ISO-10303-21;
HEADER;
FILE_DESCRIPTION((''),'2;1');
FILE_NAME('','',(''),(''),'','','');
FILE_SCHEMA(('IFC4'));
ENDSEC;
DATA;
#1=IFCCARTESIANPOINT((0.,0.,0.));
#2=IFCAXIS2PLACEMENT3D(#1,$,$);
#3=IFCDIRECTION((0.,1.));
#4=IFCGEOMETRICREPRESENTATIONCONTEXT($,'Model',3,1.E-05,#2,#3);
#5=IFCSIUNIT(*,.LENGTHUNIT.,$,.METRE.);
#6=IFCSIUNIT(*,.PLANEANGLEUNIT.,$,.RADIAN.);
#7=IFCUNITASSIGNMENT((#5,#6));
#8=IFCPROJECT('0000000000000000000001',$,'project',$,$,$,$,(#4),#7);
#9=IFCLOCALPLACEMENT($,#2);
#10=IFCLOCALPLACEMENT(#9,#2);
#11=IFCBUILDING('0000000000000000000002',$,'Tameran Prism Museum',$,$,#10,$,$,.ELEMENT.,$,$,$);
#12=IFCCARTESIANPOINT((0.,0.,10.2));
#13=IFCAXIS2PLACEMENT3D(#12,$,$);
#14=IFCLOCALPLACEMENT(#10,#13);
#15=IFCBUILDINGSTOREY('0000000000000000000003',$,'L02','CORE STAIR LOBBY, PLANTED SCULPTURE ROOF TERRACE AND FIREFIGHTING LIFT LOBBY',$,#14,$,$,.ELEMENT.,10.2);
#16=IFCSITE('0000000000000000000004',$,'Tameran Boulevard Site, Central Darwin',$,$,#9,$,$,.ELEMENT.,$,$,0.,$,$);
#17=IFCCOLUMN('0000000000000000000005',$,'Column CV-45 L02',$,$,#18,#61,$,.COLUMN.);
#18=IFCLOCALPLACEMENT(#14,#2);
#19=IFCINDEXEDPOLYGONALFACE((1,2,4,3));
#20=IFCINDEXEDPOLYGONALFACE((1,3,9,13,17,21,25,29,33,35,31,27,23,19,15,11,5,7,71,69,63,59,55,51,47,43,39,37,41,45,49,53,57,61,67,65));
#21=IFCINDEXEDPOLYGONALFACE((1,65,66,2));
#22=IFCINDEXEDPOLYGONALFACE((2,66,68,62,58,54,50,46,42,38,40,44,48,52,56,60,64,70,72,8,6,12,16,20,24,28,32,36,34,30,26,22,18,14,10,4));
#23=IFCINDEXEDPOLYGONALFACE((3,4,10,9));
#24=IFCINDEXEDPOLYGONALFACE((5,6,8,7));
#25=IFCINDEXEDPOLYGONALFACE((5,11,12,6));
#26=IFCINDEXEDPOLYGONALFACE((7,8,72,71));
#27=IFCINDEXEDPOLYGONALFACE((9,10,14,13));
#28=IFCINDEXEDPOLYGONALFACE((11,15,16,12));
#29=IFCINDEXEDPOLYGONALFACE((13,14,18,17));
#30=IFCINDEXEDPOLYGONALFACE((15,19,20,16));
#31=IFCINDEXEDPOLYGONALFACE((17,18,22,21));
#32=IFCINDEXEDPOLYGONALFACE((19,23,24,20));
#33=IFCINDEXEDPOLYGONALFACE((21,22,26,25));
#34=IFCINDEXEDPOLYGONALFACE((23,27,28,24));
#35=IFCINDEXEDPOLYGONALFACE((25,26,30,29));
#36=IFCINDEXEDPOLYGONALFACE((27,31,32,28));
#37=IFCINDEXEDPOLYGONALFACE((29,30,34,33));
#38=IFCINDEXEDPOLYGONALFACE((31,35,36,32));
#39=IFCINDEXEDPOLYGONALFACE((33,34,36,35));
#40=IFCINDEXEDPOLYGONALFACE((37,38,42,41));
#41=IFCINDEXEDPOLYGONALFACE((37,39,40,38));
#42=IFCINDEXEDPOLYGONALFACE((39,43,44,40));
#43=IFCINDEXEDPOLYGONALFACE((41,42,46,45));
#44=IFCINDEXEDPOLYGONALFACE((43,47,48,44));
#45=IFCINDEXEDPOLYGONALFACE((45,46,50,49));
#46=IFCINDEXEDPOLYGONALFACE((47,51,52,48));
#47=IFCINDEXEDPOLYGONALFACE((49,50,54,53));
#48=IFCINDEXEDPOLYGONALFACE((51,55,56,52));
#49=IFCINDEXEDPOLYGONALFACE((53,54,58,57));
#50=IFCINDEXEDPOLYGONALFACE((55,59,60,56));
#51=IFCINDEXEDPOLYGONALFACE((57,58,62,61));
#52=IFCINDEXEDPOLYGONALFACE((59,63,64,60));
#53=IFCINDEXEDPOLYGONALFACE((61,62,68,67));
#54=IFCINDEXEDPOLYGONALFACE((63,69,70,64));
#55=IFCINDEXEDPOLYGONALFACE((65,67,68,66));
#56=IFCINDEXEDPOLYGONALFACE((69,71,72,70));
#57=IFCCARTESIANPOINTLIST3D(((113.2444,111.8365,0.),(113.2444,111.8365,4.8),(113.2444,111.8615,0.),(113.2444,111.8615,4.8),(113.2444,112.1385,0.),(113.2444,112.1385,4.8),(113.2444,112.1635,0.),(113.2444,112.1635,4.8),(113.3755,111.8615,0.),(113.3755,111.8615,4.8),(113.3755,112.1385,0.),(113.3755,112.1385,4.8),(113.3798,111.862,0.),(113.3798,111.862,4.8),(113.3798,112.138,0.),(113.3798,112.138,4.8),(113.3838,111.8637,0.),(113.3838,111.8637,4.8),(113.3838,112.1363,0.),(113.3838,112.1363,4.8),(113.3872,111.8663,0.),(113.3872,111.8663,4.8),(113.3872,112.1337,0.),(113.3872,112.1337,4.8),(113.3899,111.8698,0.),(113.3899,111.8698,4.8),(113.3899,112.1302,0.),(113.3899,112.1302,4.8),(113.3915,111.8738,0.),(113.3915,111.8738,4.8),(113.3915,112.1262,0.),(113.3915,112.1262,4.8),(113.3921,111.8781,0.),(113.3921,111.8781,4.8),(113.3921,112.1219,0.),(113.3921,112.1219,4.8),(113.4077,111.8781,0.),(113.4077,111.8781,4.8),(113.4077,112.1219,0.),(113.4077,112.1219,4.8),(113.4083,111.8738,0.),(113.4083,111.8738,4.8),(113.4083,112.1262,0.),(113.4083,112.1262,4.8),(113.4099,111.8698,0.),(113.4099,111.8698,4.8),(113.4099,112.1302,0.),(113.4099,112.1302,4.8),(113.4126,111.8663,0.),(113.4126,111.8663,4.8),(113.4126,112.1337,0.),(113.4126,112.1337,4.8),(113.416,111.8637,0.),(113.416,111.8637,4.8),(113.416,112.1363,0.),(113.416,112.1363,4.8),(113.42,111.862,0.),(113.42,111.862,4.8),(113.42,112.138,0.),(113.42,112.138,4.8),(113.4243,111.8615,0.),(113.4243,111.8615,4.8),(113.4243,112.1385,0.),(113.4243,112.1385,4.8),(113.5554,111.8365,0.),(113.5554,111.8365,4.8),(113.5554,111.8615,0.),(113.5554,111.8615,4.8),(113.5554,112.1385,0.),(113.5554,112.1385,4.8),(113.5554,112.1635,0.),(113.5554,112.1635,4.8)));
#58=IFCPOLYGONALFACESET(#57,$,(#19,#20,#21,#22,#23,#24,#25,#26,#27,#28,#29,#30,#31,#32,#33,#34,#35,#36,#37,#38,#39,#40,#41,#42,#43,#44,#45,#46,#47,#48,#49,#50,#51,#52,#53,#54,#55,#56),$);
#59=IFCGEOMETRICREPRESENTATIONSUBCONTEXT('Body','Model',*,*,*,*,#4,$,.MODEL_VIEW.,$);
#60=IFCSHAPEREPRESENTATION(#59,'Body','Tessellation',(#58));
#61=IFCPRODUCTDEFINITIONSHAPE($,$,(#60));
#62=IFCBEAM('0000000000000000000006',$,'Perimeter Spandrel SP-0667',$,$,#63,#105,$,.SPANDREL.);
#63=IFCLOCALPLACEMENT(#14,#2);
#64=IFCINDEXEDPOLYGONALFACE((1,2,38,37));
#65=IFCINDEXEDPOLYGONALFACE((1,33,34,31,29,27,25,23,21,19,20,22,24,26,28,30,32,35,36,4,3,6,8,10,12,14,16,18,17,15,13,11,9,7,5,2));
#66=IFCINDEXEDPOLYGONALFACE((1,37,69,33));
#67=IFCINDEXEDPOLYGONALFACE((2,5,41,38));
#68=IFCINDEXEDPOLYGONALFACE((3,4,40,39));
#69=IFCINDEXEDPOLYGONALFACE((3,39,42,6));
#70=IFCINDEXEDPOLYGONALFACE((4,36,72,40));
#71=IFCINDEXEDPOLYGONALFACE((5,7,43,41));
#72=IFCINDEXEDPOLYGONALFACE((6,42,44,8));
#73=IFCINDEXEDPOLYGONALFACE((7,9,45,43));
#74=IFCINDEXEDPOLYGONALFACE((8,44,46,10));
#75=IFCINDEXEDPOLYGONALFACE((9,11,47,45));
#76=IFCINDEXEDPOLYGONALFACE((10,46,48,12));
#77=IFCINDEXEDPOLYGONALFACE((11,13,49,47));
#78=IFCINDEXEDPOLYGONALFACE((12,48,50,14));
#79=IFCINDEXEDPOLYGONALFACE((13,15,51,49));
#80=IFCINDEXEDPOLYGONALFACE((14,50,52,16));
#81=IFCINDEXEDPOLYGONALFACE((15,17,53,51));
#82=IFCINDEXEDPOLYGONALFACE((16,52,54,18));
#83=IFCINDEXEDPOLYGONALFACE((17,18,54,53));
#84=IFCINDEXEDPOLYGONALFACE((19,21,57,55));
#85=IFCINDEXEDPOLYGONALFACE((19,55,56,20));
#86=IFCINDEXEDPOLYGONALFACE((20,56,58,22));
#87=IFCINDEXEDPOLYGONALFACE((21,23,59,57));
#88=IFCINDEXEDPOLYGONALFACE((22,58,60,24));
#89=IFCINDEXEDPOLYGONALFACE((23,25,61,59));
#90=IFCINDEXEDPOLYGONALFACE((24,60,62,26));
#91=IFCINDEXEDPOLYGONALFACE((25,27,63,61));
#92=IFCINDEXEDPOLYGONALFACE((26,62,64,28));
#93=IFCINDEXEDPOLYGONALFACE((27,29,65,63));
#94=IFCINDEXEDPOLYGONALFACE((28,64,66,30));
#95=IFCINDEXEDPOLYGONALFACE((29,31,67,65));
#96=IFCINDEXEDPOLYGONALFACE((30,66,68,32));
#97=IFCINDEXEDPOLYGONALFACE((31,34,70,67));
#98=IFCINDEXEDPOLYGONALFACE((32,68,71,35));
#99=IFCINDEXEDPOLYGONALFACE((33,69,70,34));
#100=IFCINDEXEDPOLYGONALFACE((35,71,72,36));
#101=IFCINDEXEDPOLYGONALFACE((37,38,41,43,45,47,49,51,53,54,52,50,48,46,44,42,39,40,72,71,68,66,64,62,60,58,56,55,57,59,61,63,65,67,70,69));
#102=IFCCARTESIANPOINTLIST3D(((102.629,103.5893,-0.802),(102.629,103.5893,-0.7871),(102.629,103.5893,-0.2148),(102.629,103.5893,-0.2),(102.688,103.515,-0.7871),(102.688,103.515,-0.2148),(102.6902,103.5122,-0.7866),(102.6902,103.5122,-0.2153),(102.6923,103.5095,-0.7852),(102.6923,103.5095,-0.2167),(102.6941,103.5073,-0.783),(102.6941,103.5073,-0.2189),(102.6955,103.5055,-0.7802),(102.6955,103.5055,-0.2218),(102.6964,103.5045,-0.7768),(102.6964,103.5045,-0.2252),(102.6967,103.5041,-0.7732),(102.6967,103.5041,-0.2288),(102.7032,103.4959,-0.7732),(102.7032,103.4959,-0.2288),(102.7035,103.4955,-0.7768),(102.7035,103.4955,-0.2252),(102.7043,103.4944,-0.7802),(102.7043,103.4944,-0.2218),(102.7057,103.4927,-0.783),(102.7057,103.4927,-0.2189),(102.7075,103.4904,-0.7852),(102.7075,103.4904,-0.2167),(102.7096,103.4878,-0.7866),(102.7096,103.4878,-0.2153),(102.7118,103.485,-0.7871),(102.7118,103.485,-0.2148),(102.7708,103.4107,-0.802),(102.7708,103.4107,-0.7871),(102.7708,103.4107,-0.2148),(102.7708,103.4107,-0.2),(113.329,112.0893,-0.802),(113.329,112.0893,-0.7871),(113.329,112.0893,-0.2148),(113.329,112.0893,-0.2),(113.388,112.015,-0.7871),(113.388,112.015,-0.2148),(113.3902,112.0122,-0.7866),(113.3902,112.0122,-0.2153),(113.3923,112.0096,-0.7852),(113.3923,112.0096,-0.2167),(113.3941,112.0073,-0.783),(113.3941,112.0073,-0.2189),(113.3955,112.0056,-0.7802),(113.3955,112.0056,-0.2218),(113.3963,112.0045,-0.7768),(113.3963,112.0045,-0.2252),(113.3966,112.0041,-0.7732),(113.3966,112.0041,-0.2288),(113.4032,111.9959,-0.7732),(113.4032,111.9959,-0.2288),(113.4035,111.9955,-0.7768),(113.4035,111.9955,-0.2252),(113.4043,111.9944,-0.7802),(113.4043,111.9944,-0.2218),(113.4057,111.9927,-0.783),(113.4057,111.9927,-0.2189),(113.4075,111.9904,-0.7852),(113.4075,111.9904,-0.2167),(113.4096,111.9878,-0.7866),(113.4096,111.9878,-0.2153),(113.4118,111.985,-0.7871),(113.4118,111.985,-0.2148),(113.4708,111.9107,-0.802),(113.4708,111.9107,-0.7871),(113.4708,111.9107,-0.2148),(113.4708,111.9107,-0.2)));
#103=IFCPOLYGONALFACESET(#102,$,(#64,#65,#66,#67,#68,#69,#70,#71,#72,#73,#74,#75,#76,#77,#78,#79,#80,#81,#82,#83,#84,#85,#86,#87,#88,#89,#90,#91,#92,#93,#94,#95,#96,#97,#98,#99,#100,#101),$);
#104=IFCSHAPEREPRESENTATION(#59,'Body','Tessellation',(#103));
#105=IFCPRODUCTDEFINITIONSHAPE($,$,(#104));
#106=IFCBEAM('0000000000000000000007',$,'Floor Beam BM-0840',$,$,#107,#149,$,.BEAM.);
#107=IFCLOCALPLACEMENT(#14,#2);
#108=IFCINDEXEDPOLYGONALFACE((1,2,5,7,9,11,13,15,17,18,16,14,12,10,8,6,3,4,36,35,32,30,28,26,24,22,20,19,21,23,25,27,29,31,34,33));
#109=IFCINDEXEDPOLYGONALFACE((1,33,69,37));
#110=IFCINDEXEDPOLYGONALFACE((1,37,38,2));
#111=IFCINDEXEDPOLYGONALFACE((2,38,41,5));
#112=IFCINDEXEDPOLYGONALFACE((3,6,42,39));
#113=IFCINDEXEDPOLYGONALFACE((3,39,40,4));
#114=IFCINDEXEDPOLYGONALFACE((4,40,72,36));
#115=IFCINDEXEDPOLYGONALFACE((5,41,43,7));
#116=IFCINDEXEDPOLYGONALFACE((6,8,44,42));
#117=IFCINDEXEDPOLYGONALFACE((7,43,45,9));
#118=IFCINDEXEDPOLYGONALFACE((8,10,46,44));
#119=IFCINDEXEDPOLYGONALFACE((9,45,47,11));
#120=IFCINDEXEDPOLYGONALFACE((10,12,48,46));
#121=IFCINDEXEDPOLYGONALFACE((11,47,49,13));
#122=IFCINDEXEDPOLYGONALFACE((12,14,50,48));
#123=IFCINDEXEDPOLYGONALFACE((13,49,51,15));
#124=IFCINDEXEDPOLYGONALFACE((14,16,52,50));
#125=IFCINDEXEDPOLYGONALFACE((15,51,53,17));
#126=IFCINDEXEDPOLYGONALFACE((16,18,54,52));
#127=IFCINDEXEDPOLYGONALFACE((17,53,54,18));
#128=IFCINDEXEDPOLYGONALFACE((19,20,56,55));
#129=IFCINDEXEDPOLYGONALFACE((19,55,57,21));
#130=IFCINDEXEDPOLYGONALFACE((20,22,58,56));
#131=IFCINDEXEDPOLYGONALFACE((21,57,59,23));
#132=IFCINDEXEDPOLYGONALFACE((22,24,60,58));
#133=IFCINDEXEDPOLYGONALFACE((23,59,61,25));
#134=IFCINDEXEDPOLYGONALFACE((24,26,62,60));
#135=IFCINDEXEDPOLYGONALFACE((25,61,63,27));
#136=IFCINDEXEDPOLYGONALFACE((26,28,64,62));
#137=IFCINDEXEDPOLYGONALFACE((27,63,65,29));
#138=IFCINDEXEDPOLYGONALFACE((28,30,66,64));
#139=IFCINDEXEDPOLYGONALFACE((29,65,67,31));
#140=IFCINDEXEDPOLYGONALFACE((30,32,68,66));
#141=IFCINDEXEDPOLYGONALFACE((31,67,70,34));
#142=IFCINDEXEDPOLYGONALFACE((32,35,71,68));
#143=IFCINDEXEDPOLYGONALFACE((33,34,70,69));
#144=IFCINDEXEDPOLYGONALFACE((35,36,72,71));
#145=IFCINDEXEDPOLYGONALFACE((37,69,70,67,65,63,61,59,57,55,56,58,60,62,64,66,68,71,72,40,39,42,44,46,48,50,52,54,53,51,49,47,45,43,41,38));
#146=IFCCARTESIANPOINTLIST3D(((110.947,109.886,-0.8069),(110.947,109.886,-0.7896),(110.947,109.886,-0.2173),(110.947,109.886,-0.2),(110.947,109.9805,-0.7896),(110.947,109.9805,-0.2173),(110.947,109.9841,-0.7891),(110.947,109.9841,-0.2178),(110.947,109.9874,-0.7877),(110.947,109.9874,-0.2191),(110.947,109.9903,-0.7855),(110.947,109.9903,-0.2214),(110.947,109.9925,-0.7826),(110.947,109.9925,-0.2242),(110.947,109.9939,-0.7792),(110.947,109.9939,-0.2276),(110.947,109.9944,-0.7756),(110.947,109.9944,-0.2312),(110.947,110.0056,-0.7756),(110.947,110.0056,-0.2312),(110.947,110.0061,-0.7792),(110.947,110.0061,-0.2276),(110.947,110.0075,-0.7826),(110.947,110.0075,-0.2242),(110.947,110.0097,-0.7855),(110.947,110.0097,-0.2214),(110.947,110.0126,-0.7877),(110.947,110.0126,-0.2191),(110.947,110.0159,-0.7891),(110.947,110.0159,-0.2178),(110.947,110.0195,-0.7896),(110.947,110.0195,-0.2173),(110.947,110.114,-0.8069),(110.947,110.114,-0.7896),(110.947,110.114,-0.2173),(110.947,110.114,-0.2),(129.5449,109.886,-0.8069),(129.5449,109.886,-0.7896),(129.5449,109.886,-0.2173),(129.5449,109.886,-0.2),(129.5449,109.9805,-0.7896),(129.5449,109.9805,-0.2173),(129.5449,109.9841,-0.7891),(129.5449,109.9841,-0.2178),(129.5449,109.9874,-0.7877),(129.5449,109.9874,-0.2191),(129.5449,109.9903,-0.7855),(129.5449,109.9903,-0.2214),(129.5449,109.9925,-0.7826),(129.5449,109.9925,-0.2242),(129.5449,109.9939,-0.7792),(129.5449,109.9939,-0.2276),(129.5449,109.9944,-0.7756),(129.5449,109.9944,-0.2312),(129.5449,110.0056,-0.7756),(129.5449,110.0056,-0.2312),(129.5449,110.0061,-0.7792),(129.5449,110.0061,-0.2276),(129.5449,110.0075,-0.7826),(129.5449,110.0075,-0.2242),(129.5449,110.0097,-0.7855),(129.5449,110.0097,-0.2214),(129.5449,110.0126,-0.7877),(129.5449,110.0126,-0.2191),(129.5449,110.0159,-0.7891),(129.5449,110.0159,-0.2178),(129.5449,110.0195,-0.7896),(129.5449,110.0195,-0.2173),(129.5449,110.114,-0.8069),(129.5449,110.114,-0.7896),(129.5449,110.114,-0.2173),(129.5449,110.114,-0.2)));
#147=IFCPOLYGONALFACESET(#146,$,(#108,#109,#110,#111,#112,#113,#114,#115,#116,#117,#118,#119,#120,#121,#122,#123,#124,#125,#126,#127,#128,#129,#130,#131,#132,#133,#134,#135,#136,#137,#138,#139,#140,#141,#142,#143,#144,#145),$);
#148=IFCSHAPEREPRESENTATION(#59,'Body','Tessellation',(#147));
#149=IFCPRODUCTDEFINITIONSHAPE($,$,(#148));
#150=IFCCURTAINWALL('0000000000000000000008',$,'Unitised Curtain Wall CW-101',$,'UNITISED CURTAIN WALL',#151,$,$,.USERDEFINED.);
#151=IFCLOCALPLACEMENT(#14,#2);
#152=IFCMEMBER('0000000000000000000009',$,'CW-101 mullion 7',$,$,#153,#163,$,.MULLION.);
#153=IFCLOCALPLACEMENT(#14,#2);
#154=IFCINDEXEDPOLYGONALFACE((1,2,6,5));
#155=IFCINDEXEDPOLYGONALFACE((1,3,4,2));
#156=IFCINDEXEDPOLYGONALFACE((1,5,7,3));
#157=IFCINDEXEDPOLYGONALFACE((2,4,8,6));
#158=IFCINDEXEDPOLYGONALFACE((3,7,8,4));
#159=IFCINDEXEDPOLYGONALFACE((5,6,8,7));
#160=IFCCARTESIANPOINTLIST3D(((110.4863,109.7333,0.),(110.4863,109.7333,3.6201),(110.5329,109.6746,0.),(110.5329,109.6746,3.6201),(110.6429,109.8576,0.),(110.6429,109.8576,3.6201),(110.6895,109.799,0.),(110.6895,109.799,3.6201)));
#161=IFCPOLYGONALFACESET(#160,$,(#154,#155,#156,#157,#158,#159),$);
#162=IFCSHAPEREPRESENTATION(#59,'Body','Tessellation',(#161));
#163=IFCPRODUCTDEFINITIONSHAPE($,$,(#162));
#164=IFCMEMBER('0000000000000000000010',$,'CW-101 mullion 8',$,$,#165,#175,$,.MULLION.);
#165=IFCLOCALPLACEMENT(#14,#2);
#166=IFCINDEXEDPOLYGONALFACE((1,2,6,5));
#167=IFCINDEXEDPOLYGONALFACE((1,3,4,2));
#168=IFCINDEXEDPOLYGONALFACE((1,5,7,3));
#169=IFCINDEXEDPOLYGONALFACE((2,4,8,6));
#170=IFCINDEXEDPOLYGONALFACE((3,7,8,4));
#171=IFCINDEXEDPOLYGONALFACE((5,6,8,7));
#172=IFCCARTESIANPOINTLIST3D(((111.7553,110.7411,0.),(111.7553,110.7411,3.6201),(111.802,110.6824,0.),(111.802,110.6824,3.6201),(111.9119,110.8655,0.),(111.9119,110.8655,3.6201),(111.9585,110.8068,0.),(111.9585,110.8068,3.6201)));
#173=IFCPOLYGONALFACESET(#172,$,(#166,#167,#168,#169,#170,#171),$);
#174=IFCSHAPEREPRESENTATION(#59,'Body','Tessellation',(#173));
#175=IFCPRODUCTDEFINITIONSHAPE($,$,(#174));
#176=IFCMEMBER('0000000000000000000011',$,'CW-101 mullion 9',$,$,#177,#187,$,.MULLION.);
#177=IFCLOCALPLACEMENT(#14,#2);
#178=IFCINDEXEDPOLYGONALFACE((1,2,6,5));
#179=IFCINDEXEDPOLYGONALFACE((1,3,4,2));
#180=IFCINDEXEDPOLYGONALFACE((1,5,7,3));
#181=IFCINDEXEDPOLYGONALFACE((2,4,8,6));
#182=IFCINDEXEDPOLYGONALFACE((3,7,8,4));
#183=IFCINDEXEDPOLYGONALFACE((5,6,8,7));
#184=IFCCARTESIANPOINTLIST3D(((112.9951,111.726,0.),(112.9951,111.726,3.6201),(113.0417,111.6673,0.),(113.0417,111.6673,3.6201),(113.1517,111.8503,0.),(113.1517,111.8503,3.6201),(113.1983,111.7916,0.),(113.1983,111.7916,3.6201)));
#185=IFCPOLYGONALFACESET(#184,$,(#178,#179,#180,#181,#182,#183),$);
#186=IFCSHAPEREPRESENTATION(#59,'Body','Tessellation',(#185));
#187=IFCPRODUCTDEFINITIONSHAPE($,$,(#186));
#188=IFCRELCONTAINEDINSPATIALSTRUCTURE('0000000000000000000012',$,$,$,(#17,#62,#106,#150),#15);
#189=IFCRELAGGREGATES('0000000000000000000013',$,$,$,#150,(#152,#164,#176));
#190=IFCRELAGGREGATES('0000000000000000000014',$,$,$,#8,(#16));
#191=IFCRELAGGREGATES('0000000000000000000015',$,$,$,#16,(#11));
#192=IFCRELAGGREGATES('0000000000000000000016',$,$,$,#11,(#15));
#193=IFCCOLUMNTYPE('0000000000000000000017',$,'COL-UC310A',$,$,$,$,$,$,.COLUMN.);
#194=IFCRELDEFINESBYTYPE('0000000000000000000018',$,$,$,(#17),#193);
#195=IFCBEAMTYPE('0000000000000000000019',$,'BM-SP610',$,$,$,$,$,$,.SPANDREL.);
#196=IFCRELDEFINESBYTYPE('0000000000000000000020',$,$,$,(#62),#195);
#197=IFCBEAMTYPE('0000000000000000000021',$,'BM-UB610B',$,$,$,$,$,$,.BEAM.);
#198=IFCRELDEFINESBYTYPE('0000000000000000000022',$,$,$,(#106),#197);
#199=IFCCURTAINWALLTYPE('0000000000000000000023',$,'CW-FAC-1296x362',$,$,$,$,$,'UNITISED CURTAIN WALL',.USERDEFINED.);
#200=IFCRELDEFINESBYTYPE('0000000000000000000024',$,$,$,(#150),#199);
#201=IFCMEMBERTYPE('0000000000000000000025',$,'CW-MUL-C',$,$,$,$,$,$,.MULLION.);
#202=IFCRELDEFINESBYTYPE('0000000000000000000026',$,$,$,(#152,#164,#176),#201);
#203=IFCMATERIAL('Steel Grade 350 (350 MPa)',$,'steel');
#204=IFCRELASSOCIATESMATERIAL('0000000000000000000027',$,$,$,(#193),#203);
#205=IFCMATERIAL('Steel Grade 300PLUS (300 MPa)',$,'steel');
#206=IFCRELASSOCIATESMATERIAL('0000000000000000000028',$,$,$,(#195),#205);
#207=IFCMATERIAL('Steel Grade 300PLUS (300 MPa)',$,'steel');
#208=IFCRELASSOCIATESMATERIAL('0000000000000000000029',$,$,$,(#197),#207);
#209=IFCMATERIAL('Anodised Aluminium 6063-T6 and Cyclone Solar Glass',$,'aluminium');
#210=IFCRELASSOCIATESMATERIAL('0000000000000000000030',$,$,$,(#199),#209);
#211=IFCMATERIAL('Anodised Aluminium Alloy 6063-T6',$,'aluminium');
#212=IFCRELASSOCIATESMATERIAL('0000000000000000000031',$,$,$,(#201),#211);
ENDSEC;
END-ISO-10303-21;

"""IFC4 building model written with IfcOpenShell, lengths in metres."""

from ifc_helpers import new_model, si_unit, direction, frame, origin, origin_2d, place, context, subcontext, project, spatial, rectangle, i_section, extrude, material, material_profile, profile_set, type_object, element, aggregate, save


model = new_model("IFC4")

# Units and contexts
model_context = context("Model", 3, precision=1e-05, world=origin(), true_north=direction((0.0, 1.0)))
body_context = subcontext(model_context, "Body", "Model", "MODEL_VIEW")
ifc_project = project(units=[si_unit("LENGTHUNIT", "METRE"), si_unit("PLANEANGLEUNIT", "RADIAN")], contexts=[model_context])

# Site, building, storey
site_placement = place(None, origin())
site = spatial("IfcSite", under=ifc_project, at=site_placement, Name="Tameran Boulevard Site, Central Darwin", CompositionType="ELEMENT", RefElevation=0.0)
building_placement = place(site_placement, origin())
building = spatial("IfcBuilding", under=site, at=building_placement, Name="Tameran Prism Museum", CompositionType="ELEMENT")
storey_placement = place(building_placement, frame((0.0, 0.0, 10.2)))
storey = spatial("IfcBuildingStorey", under=building, at=storey_placement, Name="L02", Description="CORE STAIR LOBBY, PLANTED SCULPTURE ROOF TERRACE AND FIREFIGHTING LIFT LOBBY", CompositionType="ELEMENT", Elevation=10.2)

# Column
ifc_material_1 = material(Name="Steel Grade 350 (350 MPa)", Category="steel")
ifc_material_profile_1 = material_profile(ifc_material_1, i_section(OverallWidth=0.311, OverallDepth=0.3269, WebThickness=0.0156, FlangeThickness=0.0249, FilletRadius=0.0166, at=origin_2d()))
ifc_profile_set_1 = profile_set([ifc_material_profile_1])
column_type = type_object("IfcColumnType", Name="COL-UC310A", PredefinedType="COLUMN", material=ifc_profile_set_1)
column_placement = place(storey_placement, frame((113.3999, 112.0, 0.0), z_axis=(0.0, 0.0, 1.0), x_axis=(1.0, 0.0, 0.0)))
element("IfcColumn", 1, at=column_placement, inside=storey, type_object=column_type, Name="Column CV-45 L02", PredefinedType="COLUMN", context=body_context, shape_type="SweptSolid", body=[
    extrude(i_section(OverallWidth=0.311, OverallDepth=0.3269, WebThickness=0.0156, FlangeThickness=0.0249, FilletRadius=0.0166, at=origin_2d()), origin(), (0.0, 0.0, 1.0), 4.8),
])

# Beams
ifc_material_2 = material(Name="Steel Grade 300PLUS (300 MPa)", Category="steel")
ifc_material_profile_2 = material_profile(ifc_material_2, i_section(OverallWidth=0.228, OverallDepth=0.6021, WebThickness=0.0105, FlangeThickness=0.0149, FilletRadius=0.0139, at=origin_2d()))
ifc_profile_set_2 = profile_set([ifc_material_profile_2])
beam_type_1 = type_object("IfcBeamType", Name="BM-SP610", PredefinedType="SPANDREL", material=ifc_profile_set_2)
beam_1_placement = place(storey_placement, frame((113.3999, 112.0, -0.501), z_axis=(-0.783005, -0.622016, 0.0), x_axis=(0.622016, -0.783005, 0.0)))
element("IfcBeam", 2, at=beam_1_placement, inside=storey, type_object=beam_type_1, Name="Perimeter Spandrel SP-0667", PredefinedType="SPANDREL", context=body_context, shape_type="SweptSolid", body=[
    extrude(i_section(OverallWidth=0.228, OverallDepth=0.6021, WebThickness=0.0105, FlangeThickness=0.0149, FilletRadius=0.0139, at=origin_2d()), origin(), (0.0, 0.0, 1.0), 13.6653),
])
ifc_material_3 = material(Name="Steel Grade 300PLUS (300 MPa)", Category="steel")
ifc_material_profile_3 = material_profile(ifc_material_3, i_section(OverallWidth=0.228, OverallDepth=0.6069, WebThickness=0.0112, FlangeThickness=0.0173, FilletRadius=0.0139, at=origin_2d()))
ifc_profile_set_3 = profile_set([ifc_material_profile_3])
beam_type_2 = type_object("IfcBeamType", Name="BM-UB610B", PredefinedType="BEAM", material=ifc_profile_set_3)
beam_2_placement = place(storey_placement, frame((110.947, 110.0, -0.5034), z_axis=(1.0, 0.0, 0.0), x_axis=(0.0, 1.0, 0.0)))
element("IfcBeam", 3, at=beam_2_placement, inside=storey, type_object=beam_type_2, Name="Floor Beam BM-0840", PredefinedType="BEAM", context=body_context, shape_type="SweptSolid", body=[
    extrude(i_section(OverallWidth=0.228, OverallDepth=0.6069, WebThickness=0.0112, FlangeThickness=0.0173, FilletRadius=0.0139, at=origin_2d()), origin(), (0.0, 0.0, 1.0), 18.5979),
])

# Curtain wall, members
ifc_material_4 = material(Name="Anodised Aluminium 6063-T6 and Cyclone Solar Glass", Category="aluminium")
curtain_wall_type = type_object("IfcCurtainWallType", Name="CW-FAC-1296x362", ElementType="UNITISED CURTAIN WALL", PredefinedType="USERDEFINED", material=ifc_material_4)
curtain_wall_placement = place(storey_placement, origin())
curtain_wall = element("IfcCurtainWall", 4, at=curtain_wall_placement, inside=storey, type_object=curtain_wall_type, Name="Unitised Curtain Wall CW-101", ObjectType="UNITISED CURTAIN WALL", PredefinedType="USERDEFINED")
ifc_material_5 = material(Name="Anodised Aluminium Alloy 6063-T6", Category="aluminium")
ifc_material_profile_4 = material_profile(ifc_material_5, rectangle(XDim=0.075, YDim=0.2, at=origin_2d()))
ifc_profile_set_4 = profile_set([ifc_material_profile_4])
member_type_1 = type_object("IfcMemberType", Name="CW-MUL-C", PredefinedType="MULLION", material=ifc_profile_set_4)
member_1_placement = place(storey_placement, frame((110.5879, 109.7661, 0.0), z_axis=(0.0, 0.0, 1.0), x_axis=(-0.621982, 0.783031, 0.0)))
member_1 = element("IfcMember", 5, at=member_1_placement, type_object=member_type_1, Name="CW-101 mullion 7", PredefinedType="MULLION", context=body_context, shape_type="SweptSolid", body=[
    extrude(rectangle(XDim=0.075, YDim=0.2, at=origin_2d()), origin(), (0.0, 0.0, 1.0), 3.6201),
])
member_2_placement = place(storey_placement, frame((111.8569, 110.7739, 0.0), z_axis=(0.0, 0.0, 1.0), x_axis=(-0.621982, 0.783031, 0.0)))
member_2 = element("IfcMember", 6, at=member_2_placement, type_object=member_type_1, Name="CW-101 mullion 8", PredefinedType="MULLION", context=body_context, shape_type="SweptSolid", body=[
    extrude(rectangle(XDim=0.075, YDim=0.2, at=origin_2d()), origin(), (0.0, 0.0, 1.0), 3.6201),
])
member_3_placement = place(storey_placement, frame((113.0967, 111.7588, 0.0), z_axis=(0.0, 0.0, 1.0), x_axis=(-0.621982, 0.783031, 0.0)))
member_3 = element("IfcMember", 7, at=member_3_placement, type_object=member_type_1, Name="CW-101 mullion 9", PredefinedType="MULLION", context=body_context, shape_type="SweptSolid", body=[
    extrude(rectangle(XDim=0.075, YDim=0.2, at=origin_2d()), origin(), (0.0, 0.0, 1.0), 3.6201),
])
aggregate(curtain_wall, [member_1, member_2, member_3])

save(model, "model.ifc")
